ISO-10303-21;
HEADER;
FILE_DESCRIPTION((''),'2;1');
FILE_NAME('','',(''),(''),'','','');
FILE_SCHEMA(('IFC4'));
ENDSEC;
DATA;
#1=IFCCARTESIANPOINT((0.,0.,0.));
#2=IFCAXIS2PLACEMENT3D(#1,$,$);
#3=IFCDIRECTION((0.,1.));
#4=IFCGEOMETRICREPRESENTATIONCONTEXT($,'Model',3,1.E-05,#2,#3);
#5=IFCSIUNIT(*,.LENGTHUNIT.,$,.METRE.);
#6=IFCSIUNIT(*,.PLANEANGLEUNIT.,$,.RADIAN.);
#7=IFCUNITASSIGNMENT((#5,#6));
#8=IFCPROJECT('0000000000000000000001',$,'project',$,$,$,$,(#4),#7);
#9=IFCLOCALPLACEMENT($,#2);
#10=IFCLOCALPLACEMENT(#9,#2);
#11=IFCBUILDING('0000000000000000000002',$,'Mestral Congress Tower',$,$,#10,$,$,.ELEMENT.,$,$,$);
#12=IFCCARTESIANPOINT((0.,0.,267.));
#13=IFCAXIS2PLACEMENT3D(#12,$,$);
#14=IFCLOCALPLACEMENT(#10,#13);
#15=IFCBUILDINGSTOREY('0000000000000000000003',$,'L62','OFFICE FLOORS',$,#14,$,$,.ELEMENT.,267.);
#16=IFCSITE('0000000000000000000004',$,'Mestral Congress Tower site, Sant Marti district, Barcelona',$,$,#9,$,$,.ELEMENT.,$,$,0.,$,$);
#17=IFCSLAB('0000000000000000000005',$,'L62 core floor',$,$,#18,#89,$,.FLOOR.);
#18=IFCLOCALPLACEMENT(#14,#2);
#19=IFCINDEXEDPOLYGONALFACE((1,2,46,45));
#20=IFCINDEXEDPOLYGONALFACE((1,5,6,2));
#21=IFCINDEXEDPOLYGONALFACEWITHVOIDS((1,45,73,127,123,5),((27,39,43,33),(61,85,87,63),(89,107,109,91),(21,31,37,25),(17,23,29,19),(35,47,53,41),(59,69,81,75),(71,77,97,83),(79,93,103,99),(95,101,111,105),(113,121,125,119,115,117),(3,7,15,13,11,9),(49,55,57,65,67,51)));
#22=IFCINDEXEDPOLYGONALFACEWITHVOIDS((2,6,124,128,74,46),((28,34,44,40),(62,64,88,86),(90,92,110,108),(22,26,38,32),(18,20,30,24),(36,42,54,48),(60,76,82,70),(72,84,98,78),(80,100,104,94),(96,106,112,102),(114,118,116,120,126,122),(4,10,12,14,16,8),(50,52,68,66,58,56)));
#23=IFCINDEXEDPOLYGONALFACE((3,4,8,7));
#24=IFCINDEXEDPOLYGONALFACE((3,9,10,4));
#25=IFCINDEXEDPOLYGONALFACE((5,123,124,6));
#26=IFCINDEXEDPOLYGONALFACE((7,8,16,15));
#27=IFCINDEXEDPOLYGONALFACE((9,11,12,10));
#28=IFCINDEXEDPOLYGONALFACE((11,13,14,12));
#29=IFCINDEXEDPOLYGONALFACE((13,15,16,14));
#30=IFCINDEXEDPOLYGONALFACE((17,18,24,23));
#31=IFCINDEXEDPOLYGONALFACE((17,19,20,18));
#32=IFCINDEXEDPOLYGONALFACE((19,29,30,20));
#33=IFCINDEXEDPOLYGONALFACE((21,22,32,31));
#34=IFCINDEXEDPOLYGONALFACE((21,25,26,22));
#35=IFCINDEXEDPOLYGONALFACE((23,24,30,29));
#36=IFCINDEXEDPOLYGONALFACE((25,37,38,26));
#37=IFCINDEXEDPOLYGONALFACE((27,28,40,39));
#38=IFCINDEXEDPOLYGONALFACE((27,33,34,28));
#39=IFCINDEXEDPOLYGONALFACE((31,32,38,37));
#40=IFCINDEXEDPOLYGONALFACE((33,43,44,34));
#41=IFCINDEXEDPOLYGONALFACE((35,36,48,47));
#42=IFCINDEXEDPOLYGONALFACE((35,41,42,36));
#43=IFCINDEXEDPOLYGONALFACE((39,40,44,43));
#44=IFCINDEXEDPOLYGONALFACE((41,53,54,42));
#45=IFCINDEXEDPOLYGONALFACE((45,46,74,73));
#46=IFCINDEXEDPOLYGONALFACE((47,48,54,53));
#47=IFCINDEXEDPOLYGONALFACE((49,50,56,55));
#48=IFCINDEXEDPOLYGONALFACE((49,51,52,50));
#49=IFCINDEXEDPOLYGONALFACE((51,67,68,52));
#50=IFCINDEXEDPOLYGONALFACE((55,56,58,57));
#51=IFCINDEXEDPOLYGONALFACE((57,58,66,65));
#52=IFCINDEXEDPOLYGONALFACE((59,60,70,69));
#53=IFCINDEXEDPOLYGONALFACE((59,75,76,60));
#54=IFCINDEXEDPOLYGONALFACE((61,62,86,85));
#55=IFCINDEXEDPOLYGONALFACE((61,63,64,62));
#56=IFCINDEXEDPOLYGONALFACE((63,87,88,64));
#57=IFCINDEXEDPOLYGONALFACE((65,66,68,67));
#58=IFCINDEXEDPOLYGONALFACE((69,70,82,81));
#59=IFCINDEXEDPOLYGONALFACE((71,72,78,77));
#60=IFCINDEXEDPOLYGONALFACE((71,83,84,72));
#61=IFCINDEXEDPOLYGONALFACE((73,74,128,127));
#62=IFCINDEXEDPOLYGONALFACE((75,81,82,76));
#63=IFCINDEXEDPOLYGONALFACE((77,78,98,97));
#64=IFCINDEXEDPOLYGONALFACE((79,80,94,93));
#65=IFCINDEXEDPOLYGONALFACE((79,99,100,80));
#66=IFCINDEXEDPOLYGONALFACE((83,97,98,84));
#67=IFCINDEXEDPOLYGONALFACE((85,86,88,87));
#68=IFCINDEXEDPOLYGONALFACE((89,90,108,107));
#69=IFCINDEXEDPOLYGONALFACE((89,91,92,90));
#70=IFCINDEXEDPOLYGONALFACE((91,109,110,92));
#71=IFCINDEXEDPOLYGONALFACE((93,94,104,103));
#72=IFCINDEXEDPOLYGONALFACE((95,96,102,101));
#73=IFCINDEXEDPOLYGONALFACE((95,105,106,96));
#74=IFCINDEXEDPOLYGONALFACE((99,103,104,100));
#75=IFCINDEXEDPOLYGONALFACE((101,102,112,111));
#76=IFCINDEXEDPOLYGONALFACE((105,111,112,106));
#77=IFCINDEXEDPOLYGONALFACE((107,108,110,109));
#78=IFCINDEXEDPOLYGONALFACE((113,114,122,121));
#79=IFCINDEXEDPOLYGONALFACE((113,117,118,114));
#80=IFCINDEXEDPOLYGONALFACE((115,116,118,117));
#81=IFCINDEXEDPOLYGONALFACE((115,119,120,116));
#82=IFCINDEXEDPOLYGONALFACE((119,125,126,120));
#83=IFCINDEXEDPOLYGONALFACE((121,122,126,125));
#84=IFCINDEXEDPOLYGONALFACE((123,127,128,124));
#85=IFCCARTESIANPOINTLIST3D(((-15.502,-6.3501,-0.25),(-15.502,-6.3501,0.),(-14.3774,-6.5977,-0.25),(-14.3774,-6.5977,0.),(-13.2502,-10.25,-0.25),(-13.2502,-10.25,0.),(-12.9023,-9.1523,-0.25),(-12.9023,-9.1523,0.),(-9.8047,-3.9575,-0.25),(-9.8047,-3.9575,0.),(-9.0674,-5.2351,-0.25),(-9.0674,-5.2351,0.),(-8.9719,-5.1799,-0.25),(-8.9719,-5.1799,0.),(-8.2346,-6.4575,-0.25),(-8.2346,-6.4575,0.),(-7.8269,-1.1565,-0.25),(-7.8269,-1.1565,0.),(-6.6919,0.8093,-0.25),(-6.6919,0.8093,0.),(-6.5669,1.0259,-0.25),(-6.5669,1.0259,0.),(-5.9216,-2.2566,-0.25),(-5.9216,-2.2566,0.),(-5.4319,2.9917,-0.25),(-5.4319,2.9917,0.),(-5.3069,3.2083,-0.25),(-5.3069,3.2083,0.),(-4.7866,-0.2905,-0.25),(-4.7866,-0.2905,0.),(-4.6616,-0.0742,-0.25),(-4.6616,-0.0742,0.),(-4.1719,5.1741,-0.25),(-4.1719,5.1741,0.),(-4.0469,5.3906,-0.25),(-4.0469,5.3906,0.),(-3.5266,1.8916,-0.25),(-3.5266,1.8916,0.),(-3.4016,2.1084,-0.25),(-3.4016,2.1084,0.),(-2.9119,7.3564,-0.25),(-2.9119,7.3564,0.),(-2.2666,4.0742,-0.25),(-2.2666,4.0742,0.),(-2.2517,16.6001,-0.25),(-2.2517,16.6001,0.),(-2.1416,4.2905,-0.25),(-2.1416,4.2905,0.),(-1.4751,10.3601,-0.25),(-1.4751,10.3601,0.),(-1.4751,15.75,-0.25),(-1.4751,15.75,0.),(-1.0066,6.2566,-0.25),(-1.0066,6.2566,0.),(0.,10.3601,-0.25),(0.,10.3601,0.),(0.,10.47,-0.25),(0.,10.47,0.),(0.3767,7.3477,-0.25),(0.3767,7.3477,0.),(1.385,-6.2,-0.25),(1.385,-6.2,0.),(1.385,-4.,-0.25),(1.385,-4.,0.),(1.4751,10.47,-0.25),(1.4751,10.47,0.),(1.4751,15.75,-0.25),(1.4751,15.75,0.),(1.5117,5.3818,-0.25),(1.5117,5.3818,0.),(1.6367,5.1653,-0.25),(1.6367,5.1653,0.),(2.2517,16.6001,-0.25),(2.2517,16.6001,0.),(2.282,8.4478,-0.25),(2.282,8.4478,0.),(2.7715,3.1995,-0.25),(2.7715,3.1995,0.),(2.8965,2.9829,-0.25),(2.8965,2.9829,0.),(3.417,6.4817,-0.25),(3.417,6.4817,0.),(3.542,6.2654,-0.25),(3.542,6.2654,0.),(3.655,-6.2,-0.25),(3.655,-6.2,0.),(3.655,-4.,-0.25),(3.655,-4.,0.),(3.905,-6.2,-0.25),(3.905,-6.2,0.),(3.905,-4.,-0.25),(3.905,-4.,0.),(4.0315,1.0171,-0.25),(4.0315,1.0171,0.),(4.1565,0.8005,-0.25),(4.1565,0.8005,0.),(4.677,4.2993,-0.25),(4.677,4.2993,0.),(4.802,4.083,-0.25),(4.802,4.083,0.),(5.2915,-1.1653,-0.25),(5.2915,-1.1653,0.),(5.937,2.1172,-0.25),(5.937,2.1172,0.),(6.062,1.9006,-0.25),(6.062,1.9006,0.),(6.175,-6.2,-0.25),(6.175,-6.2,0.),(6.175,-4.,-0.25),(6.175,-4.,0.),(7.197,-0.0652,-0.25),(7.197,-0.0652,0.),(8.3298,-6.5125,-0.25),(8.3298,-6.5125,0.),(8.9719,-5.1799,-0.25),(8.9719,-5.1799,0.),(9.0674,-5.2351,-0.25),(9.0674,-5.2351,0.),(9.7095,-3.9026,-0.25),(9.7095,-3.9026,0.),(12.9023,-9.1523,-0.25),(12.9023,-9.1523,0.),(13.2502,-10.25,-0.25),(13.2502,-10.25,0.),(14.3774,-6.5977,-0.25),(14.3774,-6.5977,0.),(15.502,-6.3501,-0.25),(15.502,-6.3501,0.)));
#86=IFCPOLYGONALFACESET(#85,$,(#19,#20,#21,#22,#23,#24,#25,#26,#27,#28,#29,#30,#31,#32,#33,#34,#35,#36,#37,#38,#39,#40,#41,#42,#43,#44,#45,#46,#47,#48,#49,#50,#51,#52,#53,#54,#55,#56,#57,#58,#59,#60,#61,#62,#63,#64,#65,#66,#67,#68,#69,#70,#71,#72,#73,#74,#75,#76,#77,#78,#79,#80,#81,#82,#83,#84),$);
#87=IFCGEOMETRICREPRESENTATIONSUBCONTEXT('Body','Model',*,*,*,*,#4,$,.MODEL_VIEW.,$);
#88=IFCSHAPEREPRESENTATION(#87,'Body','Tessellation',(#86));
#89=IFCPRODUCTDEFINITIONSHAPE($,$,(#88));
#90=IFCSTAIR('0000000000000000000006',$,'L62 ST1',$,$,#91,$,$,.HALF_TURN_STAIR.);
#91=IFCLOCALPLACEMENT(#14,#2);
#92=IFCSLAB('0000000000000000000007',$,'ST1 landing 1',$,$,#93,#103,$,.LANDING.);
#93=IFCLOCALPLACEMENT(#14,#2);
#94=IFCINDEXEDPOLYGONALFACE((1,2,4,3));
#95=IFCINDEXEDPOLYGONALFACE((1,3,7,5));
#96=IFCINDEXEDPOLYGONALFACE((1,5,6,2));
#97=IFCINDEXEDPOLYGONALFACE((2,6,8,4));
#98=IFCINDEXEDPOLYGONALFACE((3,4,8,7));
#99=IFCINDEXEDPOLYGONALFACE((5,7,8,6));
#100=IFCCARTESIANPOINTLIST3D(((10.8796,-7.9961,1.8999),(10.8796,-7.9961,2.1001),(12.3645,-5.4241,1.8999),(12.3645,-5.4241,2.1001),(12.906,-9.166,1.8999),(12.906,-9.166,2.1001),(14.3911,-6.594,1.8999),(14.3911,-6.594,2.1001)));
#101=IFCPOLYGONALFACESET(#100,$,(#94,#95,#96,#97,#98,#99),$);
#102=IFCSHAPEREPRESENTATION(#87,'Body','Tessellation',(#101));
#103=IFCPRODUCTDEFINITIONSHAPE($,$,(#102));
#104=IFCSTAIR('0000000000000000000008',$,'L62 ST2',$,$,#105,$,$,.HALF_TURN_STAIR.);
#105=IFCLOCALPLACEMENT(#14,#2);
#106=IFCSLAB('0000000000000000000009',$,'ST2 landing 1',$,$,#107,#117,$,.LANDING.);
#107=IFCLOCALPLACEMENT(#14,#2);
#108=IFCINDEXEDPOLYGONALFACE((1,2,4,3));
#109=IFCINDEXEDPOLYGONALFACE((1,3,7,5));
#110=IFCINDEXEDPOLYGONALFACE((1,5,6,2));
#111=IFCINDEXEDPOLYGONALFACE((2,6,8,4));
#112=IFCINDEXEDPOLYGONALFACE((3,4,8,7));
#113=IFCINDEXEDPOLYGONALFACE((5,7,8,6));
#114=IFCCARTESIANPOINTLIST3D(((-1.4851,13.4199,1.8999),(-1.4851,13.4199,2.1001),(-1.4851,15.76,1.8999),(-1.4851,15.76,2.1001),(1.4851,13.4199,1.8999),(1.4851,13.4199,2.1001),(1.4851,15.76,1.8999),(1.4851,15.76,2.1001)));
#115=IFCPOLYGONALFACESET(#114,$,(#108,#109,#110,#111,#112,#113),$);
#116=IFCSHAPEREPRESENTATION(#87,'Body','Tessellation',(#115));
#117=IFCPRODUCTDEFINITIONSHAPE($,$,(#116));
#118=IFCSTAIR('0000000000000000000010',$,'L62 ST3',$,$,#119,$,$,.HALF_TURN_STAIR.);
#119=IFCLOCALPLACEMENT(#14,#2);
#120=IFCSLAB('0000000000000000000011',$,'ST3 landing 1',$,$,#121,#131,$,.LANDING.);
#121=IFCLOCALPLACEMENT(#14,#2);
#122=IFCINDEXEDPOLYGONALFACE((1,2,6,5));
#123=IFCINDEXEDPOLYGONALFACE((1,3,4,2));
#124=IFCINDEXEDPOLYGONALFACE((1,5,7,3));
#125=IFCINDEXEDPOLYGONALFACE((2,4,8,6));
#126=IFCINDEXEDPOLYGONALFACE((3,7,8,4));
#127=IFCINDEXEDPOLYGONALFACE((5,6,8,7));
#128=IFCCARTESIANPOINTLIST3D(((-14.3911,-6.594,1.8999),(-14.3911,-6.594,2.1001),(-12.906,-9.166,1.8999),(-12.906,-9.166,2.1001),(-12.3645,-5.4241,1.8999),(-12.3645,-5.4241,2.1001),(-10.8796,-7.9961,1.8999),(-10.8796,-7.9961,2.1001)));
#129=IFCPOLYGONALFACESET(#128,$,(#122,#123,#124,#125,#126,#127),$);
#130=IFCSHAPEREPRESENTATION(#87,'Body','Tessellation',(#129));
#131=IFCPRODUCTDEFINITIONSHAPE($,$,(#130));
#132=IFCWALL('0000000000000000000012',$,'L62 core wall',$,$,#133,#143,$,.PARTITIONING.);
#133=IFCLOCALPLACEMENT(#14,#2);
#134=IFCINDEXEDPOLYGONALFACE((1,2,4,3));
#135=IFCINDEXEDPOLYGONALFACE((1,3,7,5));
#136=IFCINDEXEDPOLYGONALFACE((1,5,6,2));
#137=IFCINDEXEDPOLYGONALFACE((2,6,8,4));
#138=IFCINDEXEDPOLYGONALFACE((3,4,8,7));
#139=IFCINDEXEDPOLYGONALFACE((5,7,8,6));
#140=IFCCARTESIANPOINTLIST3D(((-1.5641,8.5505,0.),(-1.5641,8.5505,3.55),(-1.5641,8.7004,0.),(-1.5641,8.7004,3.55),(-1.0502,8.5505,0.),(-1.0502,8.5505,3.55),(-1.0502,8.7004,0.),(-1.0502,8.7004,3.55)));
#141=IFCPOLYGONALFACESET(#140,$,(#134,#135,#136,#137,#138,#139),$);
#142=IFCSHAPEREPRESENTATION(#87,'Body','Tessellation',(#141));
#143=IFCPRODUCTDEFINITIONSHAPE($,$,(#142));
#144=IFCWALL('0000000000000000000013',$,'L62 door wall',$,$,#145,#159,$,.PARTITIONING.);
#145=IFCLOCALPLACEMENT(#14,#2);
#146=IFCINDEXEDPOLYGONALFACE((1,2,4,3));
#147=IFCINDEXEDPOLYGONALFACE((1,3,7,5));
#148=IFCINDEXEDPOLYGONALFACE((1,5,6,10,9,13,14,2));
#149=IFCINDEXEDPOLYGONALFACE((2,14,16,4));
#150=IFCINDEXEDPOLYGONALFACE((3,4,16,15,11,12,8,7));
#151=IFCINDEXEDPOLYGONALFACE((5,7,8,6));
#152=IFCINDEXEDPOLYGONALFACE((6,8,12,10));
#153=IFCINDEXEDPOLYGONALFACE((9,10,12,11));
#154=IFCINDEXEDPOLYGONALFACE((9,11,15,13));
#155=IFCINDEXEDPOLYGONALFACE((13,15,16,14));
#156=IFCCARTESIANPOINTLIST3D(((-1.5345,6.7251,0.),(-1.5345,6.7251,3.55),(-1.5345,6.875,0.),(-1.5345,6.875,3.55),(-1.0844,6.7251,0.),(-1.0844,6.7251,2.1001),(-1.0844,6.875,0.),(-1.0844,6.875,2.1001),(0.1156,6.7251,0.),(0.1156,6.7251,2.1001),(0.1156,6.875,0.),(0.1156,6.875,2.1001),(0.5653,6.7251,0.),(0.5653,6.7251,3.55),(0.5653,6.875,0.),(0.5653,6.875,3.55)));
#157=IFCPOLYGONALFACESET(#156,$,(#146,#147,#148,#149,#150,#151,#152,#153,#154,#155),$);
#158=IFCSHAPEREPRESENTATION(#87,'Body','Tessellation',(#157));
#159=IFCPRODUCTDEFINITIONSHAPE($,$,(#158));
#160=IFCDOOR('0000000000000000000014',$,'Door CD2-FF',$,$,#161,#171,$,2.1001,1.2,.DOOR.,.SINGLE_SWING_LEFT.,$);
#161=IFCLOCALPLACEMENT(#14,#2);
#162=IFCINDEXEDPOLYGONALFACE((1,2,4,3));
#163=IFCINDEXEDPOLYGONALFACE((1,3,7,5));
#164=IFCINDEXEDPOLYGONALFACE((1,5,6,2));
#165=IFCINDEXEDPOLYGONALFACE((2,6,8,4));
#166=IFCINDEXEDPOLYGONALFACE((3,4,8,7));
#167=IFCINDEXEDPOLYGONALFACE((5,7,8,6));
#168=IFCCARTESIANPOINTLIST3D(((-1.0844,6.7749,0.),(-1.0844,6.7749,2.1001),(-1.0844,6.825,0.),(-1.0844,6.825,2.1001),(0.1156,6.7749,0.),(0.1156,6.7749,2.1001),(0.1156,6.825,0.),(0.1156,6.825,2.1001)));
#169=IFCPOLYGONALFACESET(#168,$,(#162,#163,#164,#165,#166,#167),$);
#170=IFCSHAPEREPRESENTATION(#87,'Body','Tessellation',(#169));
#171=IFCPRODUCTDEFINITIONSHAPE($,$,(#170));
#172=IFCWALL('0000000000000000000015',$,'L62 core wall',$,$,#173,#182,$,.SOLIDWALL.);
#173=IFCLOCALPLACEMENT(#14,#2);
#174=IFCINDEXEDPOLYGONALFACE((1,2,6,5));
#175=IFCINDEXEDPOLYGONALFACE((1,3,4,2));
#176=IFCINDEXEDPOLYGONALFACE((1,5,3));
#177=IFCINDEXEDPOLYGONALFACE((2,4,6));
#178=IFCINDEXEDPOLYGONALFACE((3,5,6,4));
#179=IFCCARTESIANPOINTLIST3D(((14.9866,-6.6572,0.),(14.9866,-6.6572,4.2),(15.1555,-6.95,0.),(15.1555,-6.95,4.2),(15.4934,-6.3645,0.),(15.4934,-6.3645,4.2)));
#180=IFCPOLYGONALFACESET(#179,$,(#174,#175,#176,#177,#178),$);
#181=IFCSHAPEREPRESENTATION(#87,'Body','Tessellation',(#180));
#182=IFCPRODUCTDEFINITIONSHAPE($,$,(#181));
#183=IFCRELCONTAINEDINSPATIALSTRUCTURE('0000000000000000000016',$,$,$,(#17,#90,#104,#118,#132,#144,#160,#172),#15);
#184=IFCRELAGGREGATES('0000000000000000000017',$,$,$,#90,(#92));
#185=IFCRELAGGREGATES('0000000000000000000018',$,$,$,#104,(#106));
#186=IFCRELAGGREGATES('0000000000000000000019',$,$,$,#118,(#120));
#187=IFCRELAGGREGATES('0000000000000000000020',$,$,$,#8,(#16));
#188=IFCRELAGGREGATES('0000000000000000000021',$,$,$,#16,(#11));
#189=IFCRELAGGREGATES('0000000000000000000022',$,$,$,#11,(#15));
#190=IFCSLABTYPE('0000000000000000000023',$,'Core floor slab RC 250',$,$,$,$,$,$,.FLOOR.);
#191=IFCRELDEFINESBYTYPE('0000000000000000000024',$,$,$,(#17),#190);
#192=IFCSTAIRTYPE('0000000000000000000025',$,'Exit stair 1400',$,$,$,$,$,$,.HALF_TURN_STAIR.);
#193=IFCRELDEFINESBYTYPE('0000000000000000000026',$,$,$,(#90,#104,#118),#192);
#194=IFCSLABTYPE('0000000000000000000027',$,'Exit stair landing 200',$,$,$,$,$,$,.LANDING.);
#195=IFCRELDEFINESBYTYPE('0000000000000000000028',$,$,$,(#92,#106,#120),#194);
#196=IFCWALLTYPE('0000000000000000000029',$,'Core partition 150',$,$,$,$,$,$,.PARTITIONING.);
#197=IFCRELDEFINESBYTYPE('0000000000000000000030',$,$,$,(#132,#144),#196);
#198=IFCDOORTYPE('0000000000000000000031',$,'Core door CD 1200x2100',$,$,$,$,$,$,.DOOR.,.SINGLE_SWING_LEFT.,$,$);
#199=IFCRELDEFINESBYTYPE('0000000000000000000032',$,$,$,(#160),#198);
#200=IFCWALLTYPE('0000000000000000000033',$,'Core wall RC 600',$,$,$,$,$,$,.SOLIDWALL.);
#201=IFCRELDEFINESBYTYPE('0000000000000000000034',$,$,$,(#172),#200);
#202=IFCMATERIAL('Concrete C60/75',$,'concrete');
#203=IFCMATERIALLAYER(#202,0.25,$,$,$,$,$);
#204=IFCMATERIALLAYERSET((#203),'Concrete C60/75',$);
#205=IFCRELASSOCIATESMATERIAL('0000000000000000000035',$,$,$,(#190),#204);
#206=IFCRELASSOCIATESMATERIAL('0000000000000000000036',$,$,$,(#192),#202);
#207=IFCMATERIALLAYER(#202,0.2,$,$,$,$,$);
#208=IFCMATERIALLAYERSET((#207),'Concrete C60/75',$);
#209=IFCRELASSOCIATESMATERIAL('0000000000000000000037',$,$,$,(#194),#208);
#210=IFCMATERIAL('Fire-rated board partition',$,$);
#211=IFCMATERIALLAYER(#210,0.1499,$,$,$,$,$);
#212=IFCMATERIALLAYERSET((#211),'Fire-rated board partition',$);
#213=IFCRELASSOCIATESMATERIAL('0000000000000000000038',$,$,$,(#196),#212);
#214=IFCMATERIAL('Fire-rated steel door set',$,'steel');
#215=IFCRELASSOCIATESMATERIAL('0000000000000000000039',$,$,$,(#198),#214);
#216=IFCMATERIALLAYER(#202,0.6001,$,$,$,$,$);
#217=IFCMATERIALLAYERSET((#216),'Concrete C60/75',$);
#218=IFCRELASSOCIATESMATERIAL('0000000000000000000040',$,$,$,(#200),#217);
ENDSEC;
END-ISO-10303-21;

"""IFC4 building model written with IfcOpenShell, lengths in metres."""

from ifc_helpers import new_model, si_unit, direction, frame, frame_2d, origin, place, context, subcontext, project, spatial, polyline, rectangle, outline, extrude, material, layer, layer_set, type_object, element, fill, aggregate, save


model = new_model("IFC4")

# Units and contexts
model_context = context("Model", 3, precision=1e-05, world=origin(), true_north=direction((0.0, 1.0)))
body_context = subcontext(model_context, "Body", "Model", "MODEL_VIEW")
ifc_project = project(units=[si_unit("LENGTHUNIT", "METRE"), si_unit("PLANEANGLEUNIT", "RADIAN")], contexts=[model_context])

# Site, building, storey
site_placement = place(None, origin())
site = spatial("IfcSite", under=ifc_project, at=site_placement, Name="Mestral Congress Tower site, Sant Marti district, Barcelona", CompositionType="ELEMENT", RefElevation=0.0)
building_placement = place(site_placement, origin())
building = spatial("IfcBuilding", under=site, at=building_placement, Name="Mestral Congress Tower", CompositionType="ELEMENT")
storey_placement = place(building_placement, frame((0.0, 0.0, 267.0)))
storey = spatial("IfcBuildingStorey", under=building, at=storey_placement, Name="L62", Description="OFFICE FLOORS", CompositionType="ELEMENT", Elevation=267.0)

# Slab
ifc_material_1 = material(Name="Concrete C60/75", Category="concrete")
ifc_layer_1 = layer(ifc_material_1, 0.25)
ifc_layer_set_1 = layer_set([ifc_layer_1], Name="Concrete C60/75")
slab_type_1 = type_object("IfcSlabType", Name="Core floor slab RC 250", PredefinedType="FLOOR", material=ifc_layer_set_1)
slab_1_placement = place(storey_placement, frame((0.0, 0.0, -0.25)))
element("IfcSlab", 1, at=slab_1_placement, inside=storey, type_object=slab_type_1, Name="L62 core floor", PredefinedType="FLOOR", context=body_context, shape_type="SweptSolid", body=[
    extrude(outline(polyline([(13.2502, -10.25), (-13.2502, -10.25), (-15.502, -6.3501), (-2.2517, 16.6001), (2.2517, 16.6001), (15.502, -6.3501), (13.2502, -10.25)]), holes=[polyline([(-14.3774, -6.5977), (-12.9023, -9.1523), (-8.2346, -6.4575), (-8.9719, -5.1799), (-9.0674, -5.2351), (-9.8047, -3.9575), (-14.3774, -6.5977)]), polyline([(-5.9216, -2.2566), (-4.7866, -0.2905), (-6.6919, 0.8093), (-7.8269, -1.1565), (-5.9216, -2.2566)]), polyline([(-4.6616, -0.0742), (-3.5266, 1.8916), (-5.4319, 2.9917), (-6.5669, 1.0259), (-4.6616, -0.0742)]), polyline([(-2.2666, 4.0742), (-4.1719, 5.1741), (-5.3069, 3.2083), (-3.4016, 2.1084), (-2.2666, 4.0742)]), polyline([(-2.1416, 4.2905), (-1.0066, 6.2566), (-2.9119, 7.3564), (-4.0469, 5.3906), (-2.1416, 4.2905)]), polyline([(0.3767, 7.3477), (1.5117, 5.3818), (3.417, 6.4817), (2.282, 8.4478), (0.3767, 7.3477)]), polyline([(1.4751, 15.75), (-1.4751, 15.75), (-1.4751, 10.3601), (0.0, 10.3601), (0.0, 10.47), (1.4751, 10.47), (1.4751, 15.75)]), polyline([(8.3298, -6.5125), (12.9023, -9.1523), (14.3774, -6.5977), (9.7095, -3.9026), (8.9719, -5.1799), (9.0674, -5.2351), (8.3298, -6.5125)]), polyline([(3.655, -4.0), (1.385, -4.0), (1.385, -6.2), (3.655, -6.2), (3.655, -4.0)]), polyline([(6.175, -4.0), (3.905, -4.0), (3.905, -6.2), (6.175, -6.2), (6.175, -4.0)]), polyline([(4.1565, 0.8005), (5.2915, -1.1653), (7.197, -0.0652), (6.062, 1.9006), (4.1565, 0.8005)]), polyline([(2.8965, 2.9829), (4.0315, 1.0171), (5.937, 2.1172), (4.802, 4.083), (2.8965, 2.9829)]), polyline([(1.6367, 5.1653), (2.7715, 3.1995), (4.677, 4.2993), (3.542, 6.2654), (1.6367, 5.1653)])]), origin(), (0.0, 0.0, 1.0), 0.25),
])

# Stairs, slabs
stair_type = type_object("IfcStairType", Name="Exit stair 1400", PredefinedType="HALF_TURN_STAIR", material=ifc_material_1)
placement_1 = place(storey_placement, origin())
stair_1 = element("IfcStair", 2, at=placement_1, inside=storey, type_object=stair_type, Name="L62 ST1", PredefinedType="HALF_TURN_STAIR")
ifc_layer_2 = layer(ifc_material_1, 0.2)
ifc_layer_set_2 = layer_set([ifc_layer_2], Name="Concrete C60/75")
slab_type_2 = type_object("IfcSlabType", Name="Exit stair landing 200", PredefinedType="LANDING", material=ifc_layer_set_2)
placement_2 = place(storey_placement, frame((0.0, 0.0, 1.8999)))
slab_2 = element("IfcSlab", 3, at=placement_2, type_object=slab_type_2, Name="ST1 landing 1", PredefinedType="LANDING", context=body_context, shape_type="SweptSolid", body=[
    extrude(outline(polyline([(10.8796, -7.9961), (12.3645, -5.4241), (14.3911, -6.594), (12.906, -9.166), (10.8796, -7.9961)])), origin(), (0.0, 0.0, 1.0), 0.2002),
])
aggregate(stair_1, [slab_2])
stair_2 = element("IfcStair", 4, at=placement_1, inside=storey, type_object=stair_type, Name="L62 ST2", PredefinedType="HALF_TURN_STAIR")
slab_3 = element("IfcSlab", 5, at=placement_2, type_object=slab_type_2, Name="ST2 landing 1", PredefinedType="LANDING", context=body_context, shape_type="SweptSolid", body=[
    extrude(outline(polyline([(1.4851, 13.4199), (-1.4851, 13.4199), (-1.4851, 15.76), (1.4851, 15.76), (1.4851, 13.4199)])), origin(), (0.0, 0.0, 1.0), 0.2002),
])
aggregate(stair_2, [slab_3])
stair_3 = element("IfcStair", 6, at=placement_1, inside=storey, type_object=stair_type, Name="L62 ST3", PredefinedType="HALF_TURN_STAIR")
slab_4 = element("IfcSlab", 7, at=placement_2, type_object=slab_type_2, Name="ST3 landing 1", PredefinedType="LANDING", context=body_context, shape_type="SweptSolid", body=[
    extrude(outline(polyline([(-12.3645, -5.4241), (-10.8796, -7.9961), (-12.906, -9.166), (-14.3911, -6.594), (-12.3645, -5.4241)])), origin(), (0.0, 0.0, 1.0), 0.2002),
])
aggregate(stair_3, [slab_4])

# Wall
ifc_material_2 = material(Name="Fire-rated board partition")
ifc_layer_3 = layer(ifc_material_2, 0.1499)
ifc_layer_set_3 = layer_set([ifc_layer_3], Name="Fire-rated board partition")
wall_type_1 = type_object("IfcWallType", Name="Core partition 150", PredefinedType="PARTITIONING", material=ifc_layer_set_3)
wall_1_placement = place(storey_placement, frame((-1.564, 8.6255, 0.0), z_axis=(0.0, 0.0, 1.0), x_axis=(1.0, 0.0, 0.0)))
element("IfcWall", 8, at=wall_1_placement, inside=storey, type_object=wall_type_1, Name="L62 core wall", PredefinedType="PARTITIONING", context=body_context, shape_type="SweptSolid", body=[
    extrude(rectangle(XDim=0.5139, YDim=0.1499, at=frame_2d((0.2568, 0.0))), origin(), (0.0, 0.0, 1.0), 3.55),
])

# Wall, opening, door
wall_2_placement = place(storey_placement, frame((-1.5344, 6.8, 0.0), z_axis=(0.0, 0.0, 1.0), x_axis=(1.0, 0.0, 0.0)))
wall_2 = element("IfcWall", 9, at=wall_2_placement, inside=storey, type_object=wall_type_1, Name="L62 door wall", PredefinedType="PARTITIONING", context=body_context, shape_type="SweptSolid", body=[
    extrude(rectangle(XDim=2.0999, YDim=0.1499, at=frame_2d((1.0498, 0.0))), origin(), (0.0, 0.0, 1.0), 3.55),
])
opening_1_placement = place(wall_2_placement, frame((0.45, 0.0, 0.0)))
opening_1 = element("IfcOpeningElement", 10, at=opening_1_placement, cuts=wall_2, PredefinedType="OPENING", context=body_context, shape_type="SweptSolid", body=[
    extrude(rectangle(XDim=1.2, YDim=2.1001, at=frame_2d((0.6001, 1.05))), frame((0.0, 0.085, 0.0), z_axis=(0.0, -1.0, 0.0), x_axis=(1.0, 0.0, 0.0)), (0.0, 0.0, 1.0), 0.1699),
])
ifc_material_3 = material(Name="Fire-rated steel door set", Category="steel")
door_type_1 = type_object("IfcDoorType", Name="Core door CD 1200x2100", OperationType="SINGLE_SWING_LEFT", PredefinedType="DOOR", material=ifc_material_3)
door_1_placement = place(opening_1_placement, origin())
door_1 = element("IfcDoor", 11, at=door_1_placement, inside=storey, type_object=door_type_1, Name="Door CD2-FF", OperationType="SINGLE_SWING_LEFT", OverallHeight=2.1001, OverallWidth=1.2, PredefinedType="DOOR", context=body_context, shape_type="SweptSolid", body=[
    extrude(rectangle(XDim=1.2, YDim=2.1001, at=frame_2d((0.6001, 1.05))), frame((0.0, 0.0249, 0.0), z_axis=(0.0, -1.0, 0.0), x_axis=(1.0, 0.0, 0.0)), (0.0, 0.0, 1.0), 0.05),
])
fill(opening_1, door_1)

# Wall
ifc_layer_4 = layer(ifc_material_1, 0.6001)
ifc_layer_set_4 = layer_set([ifc_layer_4], Name="Concrete C60/75")
wall_type_2 = type_object("IfcWallType", Name="Core wall RC 600", PredefinedType="SOLIDWALL", material=ifc_layer_set_4)
element("IfcWall", 12, at=placement_1, inside=storey, type_object=wall_type_2, Name="L62 core wall", PredefinedType="SOLIDWALL", context=body_context, shape_type="SweptSolid", body=[
    extrude(outline(polyline([(15.1555, -6.95), (14.9866, -6.6572), (15.4934, -6.3645), (15.1555, -6.95)])), origin(), (0.0, 0.0, 1.0), 4.2),
])

save(model, "model.ifc")
